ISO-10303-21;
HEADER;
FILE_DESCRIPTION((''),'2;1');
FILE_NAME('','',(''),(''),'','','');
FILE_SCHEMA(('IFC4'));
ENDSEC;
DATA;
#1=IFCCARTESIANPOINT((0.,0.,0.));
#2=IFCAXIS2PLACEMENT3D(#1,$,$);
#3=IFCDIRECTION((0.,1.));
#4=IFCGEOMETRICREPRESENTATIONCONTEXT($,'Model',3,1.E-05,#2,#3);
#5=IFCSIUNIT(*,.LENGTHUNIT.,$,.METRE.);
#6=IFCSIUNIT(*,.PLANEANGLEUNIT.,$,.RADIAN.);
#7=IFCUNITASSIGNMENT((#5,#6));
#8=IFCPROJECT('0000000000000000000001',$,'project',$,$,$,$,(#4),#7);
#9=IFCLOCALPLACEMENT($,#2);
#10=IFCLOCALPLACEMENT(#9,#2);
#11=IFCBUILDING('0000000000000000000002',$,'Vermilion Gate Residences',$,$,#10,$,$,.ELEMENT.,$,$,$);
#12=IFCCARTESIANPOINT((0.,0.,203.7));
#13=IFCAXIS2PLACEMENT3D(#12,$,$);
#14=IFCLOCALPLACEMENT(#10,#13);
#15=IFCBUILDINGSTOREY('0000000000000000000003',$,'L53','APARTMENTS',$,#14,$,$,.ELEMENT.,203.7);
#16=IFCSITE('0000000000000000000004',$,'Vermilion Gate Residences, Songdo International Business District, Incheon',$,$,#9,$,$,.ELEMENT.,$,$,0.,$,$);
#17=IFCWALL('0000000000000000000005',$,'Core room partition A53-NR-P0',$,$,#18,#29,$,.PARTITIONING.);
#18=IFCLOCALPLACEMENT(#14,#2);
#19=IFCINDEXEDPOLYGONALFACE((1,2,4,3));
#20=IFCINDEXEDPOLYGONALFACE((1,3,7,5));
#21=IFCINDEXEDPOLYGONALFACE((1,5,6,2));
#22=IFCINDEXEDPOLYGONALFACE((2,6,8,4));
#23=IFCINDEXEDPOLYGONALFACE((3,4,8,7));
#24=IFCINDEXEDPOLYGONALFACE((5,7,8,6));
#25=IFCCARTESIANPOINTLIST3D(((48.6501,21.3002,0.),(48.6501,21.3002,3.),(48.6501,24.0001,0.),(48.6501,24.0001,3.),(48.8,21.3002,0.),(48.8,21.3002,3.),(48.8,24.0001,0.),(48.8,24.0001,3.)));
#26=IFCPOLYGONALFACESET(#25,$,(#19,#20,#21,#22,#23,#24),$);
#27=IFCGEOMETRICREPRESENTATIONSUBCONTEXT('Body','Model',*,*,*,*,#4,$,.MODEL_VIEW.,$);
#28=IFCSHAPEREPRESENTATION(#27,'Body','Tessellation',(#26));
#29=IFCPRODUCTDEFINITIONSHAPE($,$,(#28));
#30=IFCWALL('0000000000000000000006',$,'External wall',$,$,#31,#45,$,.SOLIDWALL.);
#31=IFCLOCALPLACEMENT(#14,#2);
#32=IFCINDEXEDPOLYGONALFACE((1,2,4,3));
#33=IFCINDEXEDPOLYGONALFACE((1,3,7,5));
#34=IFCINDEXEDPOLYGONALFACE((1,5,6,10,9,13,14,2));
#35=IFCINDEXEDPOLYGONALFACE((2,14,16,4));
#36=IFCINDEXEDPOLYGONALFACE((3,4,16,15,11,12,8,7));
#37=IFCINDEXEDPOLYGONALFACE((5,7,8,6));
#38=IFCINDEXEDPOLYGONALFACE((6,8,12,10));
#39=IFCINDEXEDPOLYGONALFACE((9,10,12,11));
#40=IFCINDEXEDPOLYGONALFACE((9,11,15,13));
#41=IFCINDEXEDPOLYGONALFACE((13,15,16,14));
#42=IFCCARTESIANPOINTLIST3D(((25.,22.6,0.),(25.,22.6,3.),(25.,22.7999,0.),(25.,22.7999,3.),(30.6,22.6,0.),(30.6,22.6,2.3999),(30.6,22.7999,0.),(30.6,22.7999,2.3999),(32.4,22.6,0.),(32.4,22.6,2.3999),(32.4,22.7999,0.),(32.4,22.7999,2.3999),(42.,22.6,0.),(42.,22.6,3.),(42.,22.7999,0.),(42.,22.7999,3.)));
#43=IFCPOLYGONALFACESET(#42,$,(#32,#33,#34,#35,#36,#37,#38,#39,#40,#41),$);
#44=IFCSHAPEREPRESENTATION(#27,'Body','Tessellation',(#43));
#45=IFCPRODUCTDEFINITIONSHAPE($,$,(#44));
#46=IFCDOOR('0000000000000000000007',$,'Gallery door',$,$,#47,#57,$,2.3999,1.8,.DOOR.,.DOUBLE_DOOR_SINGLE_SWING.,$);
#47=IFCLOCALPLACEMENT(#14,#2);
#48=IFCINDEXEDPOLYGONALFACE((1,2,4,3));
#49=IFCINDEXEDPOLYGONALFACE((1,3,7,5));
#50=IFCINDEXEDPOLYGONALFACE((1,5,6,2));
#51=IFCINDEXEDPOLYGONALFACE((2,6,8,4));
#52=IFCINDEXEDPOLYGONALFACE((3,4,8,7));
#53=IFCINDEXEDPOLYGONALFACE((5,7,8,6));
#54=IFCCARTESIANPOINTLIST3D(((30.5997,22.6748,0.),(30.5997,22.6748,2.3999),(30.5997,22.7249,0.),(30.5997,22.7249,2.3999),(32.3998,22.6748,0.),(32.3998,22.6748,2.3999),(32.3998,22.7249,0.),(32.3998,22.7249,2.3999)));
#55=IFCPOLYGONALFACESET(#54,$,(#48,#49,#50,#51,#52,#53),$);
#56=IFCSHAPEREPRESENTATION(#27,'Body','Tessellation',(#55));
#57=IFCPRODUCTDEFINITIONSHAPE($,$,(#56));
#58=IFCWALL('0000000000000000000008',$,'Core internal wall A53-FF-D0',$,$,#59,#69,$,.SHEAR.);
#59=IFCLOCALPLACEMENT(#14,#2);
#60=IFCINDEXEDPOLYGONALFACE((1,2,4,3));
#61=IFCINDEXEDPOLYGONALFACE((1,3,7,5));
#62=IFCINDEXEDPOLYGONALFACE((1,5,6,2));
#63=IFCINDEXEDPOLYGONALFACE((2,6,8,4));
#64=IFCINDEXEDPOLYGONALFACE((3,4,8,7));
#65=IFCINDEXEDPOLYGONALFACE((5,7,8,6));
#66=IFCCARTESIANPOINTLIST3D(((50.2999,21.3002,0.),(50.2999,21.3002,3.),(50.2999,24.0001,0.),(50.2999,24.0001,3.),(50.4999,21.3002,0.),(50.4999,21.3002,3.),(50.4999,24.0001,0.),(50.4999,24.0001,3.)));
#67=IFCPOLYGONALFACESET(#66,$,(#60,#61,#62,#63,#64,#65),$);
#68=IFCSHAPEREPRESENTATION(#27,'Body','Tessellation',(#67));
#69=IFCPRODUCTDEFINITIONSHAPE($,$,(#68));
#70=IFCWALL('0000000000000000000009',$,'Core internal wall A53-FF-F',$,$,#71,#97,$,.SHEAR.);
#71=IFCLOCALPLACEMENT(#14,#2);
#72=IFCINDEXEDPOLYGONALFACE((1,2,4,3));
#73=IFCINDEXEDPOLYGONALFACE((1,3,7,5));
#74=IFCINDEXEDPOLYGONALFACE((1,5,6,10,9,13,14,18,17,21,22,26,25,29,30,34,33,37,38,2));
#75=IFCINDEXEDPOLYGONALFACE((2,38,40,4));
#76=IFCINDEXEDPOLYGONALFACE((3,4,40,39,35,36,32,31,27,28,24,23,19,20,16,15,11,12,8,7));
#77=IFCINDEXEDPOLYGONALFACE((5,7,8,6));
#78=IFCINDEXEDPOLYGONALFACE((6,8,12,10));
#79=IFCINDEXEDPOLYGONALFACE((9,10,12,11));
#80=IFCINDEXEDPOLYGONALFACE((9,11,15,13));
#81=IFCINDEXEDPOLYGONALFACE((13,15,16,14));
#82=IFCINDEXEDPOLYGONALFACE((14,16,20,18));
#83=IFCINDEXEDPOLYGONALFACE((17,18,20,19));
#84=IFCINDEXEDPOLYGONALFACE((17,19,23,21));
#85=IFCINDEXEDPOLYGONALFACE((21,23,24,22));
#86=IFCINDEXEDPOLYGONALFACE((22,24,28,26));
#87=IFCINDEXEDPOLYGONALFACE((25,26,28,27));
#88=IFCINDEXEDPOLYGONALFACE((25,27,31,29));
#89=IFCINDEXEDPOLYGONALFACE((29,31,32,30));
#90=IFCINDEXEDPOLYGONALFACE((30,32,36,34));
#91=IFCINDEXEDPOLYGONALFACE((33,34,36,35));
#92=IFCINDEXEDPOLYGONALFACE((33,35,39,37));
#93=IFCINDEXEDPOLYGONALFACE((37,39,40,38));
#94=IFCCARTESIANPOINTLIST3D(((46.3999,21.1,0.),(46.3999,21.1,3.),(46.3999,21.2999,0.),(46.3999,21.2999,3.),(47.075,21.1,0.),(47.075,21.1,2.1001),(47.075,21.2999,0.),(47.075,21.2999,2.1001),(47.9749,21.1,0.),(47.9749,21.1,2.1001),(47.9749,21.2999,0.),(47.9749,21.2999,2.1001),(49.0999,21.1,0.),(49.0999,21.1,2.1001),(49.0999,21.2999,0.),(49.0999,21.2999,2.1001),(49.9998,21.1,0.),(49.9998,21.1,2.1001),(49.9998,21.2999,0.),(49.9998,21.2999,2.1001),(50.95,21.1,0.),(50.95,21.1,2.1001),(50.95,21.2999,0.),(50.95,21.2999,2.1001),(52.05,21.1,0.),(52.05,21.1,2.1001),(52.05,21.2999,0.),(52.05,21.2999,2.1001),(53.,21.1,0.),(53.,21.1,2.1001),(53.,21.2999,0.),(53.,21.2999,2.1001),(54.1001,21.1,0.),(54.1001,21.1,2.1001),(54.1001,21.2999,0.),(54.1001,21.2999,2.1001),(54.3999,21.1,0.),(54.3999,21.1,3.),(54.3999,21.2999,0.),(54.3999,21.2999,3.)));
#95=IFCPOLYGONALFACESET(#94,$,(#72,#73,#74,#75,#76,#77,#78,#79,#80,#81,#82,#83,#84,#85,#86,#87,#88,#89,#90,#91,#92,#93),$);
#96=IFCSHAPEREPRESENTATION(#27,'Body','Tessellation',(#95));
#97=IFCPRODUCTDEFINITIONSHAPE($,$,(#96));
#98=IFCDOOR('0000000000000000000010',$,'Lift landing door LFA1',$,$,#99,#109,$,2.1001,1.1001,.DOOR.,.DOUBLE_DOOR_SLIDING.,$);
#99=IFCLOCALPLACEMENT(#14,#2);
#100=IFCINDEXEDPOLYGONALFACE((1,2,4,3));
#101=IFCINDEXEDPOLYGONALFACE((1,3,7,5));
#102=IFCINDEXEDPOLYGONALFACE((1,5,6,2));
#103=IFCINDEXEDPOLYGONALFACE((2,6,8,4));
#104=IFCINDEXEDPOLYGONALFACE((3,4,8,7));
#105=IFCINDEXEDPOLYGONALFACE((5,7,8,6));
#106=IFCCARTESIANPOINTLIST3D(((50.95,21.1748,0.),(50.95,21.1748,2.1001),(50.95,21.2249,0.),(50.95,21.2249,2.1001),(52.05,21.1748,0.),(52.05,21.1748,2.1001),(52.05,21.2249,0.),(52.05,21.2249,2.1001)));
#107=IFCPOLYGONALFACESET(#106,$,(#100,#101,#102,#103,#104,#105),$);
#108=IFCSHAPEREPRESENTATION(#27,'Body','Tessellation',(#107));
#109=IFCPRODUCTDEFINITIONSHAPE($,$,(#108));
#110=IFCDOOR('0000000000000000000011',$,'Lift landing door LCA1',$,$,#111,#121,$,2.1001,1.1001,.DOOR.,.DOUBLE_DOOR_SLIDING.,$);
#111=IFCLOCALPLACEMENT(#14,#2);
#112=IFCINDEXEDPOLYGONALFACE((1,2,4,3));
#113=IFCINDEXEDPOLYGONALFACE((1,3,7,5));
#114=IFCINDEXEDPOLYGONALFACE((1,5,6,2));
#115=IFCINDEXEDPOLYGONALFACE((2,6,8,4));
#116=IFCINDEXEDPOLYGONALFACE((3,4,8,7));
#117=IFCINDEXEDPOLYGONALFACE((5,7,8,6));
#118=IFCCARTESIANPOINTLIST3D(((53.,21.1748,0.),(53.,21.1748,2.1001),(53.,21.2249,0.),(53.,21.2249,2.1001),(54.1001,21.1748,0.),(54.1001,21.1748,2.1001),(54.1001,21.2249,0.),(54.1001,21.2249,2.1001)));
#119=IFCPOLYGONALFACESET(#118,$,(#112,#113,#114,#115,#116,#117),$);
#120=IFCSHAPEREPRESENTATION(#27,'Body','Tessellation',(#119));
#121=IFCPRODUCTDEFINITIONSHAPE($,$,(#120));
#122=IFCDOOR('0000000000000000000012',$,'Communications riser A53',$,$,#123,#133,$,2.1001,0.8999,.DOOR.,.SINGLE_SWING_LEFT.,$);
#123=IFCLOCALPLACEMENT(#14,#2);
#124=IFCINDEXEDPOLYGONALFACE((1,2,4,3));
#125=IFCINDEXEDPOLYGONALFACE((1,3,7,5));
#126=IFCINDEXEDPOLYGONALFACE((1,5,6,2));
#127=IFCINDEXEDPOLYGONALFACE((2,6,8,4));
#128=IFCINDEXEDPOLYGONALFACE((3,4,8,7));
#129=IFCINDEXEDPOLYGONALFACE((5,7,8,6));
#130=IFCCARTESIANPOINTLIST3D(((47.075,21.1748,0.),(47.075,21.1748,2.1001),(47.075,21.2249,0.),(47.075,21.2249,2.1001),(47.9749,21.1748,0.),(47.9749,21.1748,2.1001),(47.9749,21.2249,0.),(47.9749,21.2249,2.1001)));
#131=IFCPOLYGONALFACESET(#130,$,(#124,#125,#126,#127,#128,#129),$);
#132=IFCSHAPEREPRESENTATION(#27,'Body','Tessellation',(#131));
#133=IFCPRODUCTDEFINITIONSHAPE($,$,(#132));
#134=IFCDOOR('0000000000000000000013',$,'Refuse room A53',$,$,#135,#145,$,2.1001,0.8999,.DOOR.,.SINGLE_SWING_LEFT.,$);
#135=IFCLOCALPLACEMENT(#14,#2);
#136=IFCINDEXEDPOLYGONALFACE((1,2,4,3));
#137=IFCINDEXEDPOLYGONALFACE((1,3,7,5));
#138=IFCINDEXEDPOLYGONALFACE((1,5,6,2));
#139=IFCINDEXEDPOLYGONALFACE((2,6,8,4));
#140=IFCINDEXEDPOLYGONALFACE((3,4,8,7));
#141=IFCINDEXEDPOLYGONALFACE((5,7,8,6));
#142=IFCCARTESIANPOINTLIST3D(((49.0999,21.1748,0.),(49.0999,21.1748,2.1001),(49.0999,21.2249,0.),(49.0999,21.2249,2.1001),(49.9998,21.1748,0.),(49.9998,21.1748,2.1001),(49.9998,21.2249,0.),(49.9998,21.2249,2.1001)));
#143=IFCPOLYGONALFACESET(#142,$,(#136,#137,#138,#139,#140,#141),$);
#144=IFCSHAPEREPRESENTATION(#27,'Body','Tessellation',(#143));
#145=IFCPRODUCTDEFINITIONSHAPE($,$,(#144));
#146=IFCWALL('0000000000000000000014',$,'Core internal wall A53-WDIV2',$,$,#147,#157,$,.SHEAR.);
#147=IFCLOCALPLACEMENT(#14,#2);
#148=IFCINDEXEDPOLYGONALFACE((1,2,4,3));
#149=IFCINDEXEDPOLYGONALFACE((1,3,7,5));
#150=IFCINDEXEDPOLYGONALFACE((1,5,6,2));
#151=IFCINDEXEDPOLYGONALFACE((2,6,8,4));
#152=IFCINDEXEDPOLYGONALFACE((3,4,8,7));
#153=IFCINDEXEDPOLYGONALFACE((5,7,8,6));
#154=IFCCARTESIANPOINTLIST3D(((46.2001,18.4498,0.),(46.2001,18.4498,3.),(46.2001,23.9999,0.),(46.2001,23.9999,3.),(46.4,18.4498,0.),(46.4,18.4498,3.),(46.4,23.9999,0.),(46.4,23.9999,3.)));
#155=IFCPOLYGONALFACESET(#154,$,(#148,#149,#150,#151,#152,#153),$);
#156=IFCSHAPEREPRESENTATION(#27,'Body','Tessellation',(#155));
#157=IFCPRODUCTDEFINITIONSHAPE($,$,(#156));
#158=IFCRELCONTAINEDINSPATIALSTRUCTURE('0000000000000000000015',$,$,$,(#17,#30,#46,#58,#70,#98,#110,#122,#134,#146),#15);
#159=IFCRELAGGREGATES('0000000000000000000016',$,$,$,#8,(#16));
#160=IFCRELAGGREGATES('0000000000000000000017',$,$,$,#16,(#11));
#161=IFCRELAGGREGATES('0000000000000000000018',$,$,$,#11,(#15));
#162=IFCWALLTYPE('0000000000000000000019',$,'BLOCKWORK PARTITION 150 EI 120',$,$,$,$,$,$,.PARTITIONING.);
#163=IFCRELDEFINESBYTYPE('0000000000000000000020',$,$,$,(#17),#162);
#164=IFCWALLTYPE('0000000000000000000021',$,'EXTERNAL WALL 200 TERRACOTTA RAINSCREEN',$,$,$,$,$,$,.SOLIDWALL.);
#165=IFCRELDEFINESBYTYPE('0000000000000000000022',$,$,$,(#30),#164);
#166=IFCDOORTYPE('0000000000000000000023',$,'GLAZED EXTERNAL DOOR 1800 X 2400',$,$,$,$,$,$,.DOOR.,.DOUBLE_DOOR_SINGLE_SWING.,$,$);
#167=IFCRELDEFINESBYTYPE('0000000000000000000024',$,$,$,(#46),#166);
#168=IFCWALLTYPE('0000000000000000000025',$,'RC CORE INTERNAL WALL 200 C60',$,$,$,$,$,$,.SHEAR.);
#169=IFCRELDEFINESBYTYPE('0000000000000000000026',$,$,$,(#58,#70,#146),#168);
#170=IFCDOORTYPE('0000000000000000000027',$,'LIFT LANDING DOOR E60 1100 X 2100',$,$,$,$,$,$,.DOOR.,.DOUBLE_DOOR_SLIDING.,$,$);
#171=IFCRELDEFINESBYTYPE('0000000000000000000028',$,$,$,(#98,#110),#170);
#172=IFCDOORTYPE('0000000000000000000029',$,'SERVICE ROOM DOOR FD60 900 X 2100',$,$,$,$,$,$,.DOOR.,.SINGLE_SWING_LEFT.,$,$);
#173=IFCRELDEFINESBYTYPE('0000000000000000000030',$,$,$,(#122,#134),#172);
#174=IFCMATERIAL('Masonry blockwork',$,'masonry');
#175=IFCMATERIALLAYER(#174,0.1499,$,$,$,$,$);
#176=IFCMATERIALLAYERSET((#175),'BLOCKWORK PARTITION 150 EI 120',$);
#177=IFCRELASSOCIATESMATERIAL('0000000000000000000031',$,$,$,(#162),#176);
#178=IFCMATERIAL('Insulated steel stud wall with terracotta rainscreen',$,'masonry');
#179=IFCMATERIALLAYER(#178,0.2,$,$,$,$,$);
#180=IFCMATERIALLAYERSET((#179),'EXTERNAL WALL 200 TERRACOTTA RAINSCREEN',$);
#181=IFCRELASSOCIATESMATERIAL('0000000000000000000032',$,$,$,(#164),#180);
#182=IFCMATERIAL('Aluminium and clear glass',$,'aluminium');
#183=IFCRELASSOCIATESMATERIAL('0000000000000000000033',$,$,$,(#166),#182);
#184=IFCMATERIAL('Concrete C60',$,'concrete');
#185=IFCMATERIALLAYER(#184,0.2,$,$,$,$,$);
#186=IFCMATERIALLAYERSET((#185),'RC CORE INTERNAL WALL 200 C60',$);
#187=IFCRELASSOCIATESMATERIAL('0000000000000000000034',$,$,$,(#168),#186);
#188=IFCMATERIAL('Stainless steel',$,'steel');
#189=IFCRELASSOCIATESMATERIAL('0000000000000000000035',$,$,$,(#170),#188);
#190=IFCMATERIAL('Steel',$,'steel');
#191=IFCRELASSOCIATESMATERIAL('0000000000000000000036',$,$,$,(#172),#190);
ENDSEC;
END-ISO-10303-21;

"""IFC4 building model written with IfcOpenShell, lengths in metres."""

from ifc_helpers import new_model, si_unit, direction, frame, frame_2d, origin, place, context, subcontext, project, spatial, rectangle, extrude, material, layer, layer_set, type_object, element, fill, save


model = new_model("IFC4")

# Units and contexts
model_context = context("Model", 3, precision=1e-05, world=origin(), true_north=direction((0.0, 1.0)))
body_context = subcontext(model_context, "Body", "Model", "MODEL_VIEW")
ifc_project = project(units=[si_unit("LENGTHUNIT", "METRE"), si_unit("PLANEANGLEUNIT", "RADIAN")], contexts=[model_context])

# Site, building, storey
site_placement = place(None, origin())
site = spatial("IfcSite", under=ifc_project, at=site_placement, Name="Vermilion Gate Residences, Songdo International Business District, Incheon", CompositionType="ELEMENT", RefElevation=0.0)
building_placement = place(site_placement, origin())
building = spatial("IfcBuilding", under=site, at=building_placement, Name="Vermilion Gate Residences", CompositionType="ELEMENT")
storey_placement = place(building_placement, frame((0.0, 0.0, 203.7)))
storey = spatial("IfcBuildingStorey", under=building, at=storey_placement, Name="L53", Description="APARTMENTS", CompositionType="ELEMENT", Elevation=203.7)

# Wall
ifc_material_1 = material(Name="Masonry blockwork", Category="masonry")
ifc_layer_1 = layer(ifc_material_1, 0.1499)
ifc_layer_set_1 = layer_set([ifc_layer_1], Name="BLOCKWORK PARTITION 150 EI 120")
wall_type_1 = type_object("IfcWallType", Name="BLOCKWORK PARTITION 150 EI 120", PredefinedType="PARTITIONING", material=ifc_layer_set_1)
wall_1_placement = place(storey_placement, frame((48.7251, 21.3, 0.0), z_axis=(0.0, 0.0, 1.0), x_axis=(0.0, 1.0, 0.0)))
element("IfcWall", 1, at=wall_1_placement, inside=storey, type_object=wall_type_1, Name="Core room partition A53-NR-P0", PredefinedType="PARTITIONING", context=body_context, shape_type="SweptSolid", body=[
    extrude(rectangle(XDim=2.7, YDim=0.1499, at=frame_2d((1.3501, 0.0))), origin(), (0.0, 0.0, 1.0), 3.0),
])

# Wall, opening, door
ifc_material_2 = material(Name="Insulated steel stud wall with terracotta rainscreen", Category="masonry")
ifc_layer_2 = layer(ifc_material_2, 0.2)
ifc_layer_set_2 = layer_set([ifc_layer_2], Name="EXTERNAL WALL 200 TERRACOTTA RAINSCREEN")
wall_type_2 = type_object("IfcWallType", Name="EXTERNAL WALL 200 TERRACOTTA RAINSCREEN", PredefinedType="SOLIDWALL", material=ifc_layer_set_2)
wall_2_placement = place(storey_placement, frame((42.0, 22.7, 0.0), z_axis=(0.0, 0.0, 1.0), x_axis=(-1.0, 0.0, 0.0)))
wall_2 = element("IfcWall", 2, at=wall_2_placement, inside=storey, type_object=wall_type_2, Name="External wall", PredefinedType="SOLIDWALL", context=body_context, shape_type="SweptSolid", body=[
    extrude(rectangle(XDim=17.0, YDim=0.2, at=frame_2d((8.5, 0.0))), origin(), (0.0, 0.0, 1.0), 3.0),
])
opening_1_placement = place(wall_2_placement, frame((9.6001, 0.0, 0.0)))
opening_1 = element("IfcOpeningElement", 3, at=opening_1_placement, cuts=wall_2, PredefinedType="OPENING", context=body_context, shape_type="SweptSolid", body=[
    extrude(rectangle(XDim=1.8, YDim=2.3999, at=frame_2d((0.8999, 1.2))), frame((0.0, 0.1099, 0.0), z_axis=(0.0, -1.0, 0.0), x_axis=(1.0, 0.0, 0.0)), (0.0, 0.0, 1.0), 0.22),
])
ifc_material_3 = material(Name="Aluminium and clear glass", Category="aluminium")
door_type_1 = type_object("IfcDoorType", Name="GLAZED EXTERNAL DOOR 1800 X 2400", OperationType="DOUBLE_DOOR_SINGLE_SWING", PredefinedType="DOOR", material=ifc_material_3)
door_1_placement = place(opening_1_placement, frame((1.8, 0.0, 0.0), z_axis=(0.0, 0.0, 1.0), x_axis=(-1.0, 0.0, 0.0)))
door_1 = element("IfcDoor", 4, at=door_1_placement, inside=storey, type_object=door_type_1, Name="Gallery door", OperationType="DOUBLE_DOOR_SINGLE_SWING", OverallHeight=2.3999, OverallWidth=1.8, PredefinedType="DOOR", context=body_context, shape_type="SweptSolid", body=[
    extrude(rectangle(XDim=1.8, YDim=2.3999, at=frame_2d((0.8999, 1.2))), frame((0.0, 0.0249, 0.0), z_axis=(0.0, -1.0, 0.0), x_axis=(1.0, 0.0, 0.0)), (0.0, 0.0, 1.0), 0.05),
])
fill(opening_1, door_1)

# Wall
ifc_material_4 = material(Name="Concrete C60", Category="concrete")
ifc_layer_3 = layer(ifc_material_4, 0.2)
ifc_layer_set_3 = layer_set([ifc_layer_3], Name="RC CORE INTERNAL WALL 200 C60")
wall_type_3 = type_object("IfcWallType", Name="RC CORE INTERNAL WALL 200 C60", PredefinedType="SHEAR", material=ifc_layer_set_3)
wall_3_placement = place(storey_placement, frame((50.3999, 21.3, 0.0), z_axis=(0.0, 0.0, 1.0), x_axis=(0.0, 1.0, 0.0)))
element("IfcWall", 5, at=wall_3_placement, inside=storey, type_object=wall_type_3, Name="Core internal wall A53-FF-D0", PredefinedType="SHEAR", context=body_context, shape_type="SweptSolid", body=[
    extrude(rectangle(XDim=2.7, YDim=0.2, at=frame_2d((1.3501, 0.0))), origin(), (0.0, 0.0, 1.0), 3.0),
])

# Wall, openings, doors
wall_4_placement = place(storey_placement, frame((46.3999, 21.2, 0.0), z_axis=(0.0, 0.0, 1.0), x_axis=(1.0, 0.0, 0.0)))
wall_4 = element("IfcWall", 6, at=wall_4_placement, inside=storey, type_object=wall_type_3, Name="Core internal wall A53-FF-F", PredefinedType="SHEAR", context=body_context, shape_type="SweptSolid", body=[
    extrude(rectangle(XDim=8.0, YDim=0.2, at=frame_2d((4.0, 0.0))), origin(), (0.0, 0.0, 1.0), 3.0),
])
opening_2_placement = place(wall_4_placement, frame((0.675, 0.0, 0.0)))
opening_2 = element("IfcOpeningElement", 7, at=opening_2_placement, cuts=wall_4, PredefinedType="OPENING", context=body_context, shape_type="SweptSolid", body=[
    extrude(rectangle(XDim=0.8999, YDim=2.1001, at=frame_2d((0.45, 1.05))), frame((0.0, 0.1099, 0.0), z_axis=(0.0, -1.0, 0.0), x_axis=(1.0, 0.0, 0.0)), (0.0, 0.0, 1.0), 0.22),
])
opening_3_placement = place(wall_4_placement, frame((2.7, 0.0, 0.0)))
opening_3 = element("IfcOpeningElement", 8, at=opening_3_placement, cuts=wall_4, PredefinedType="OPENING", context=body_context, shape_type="SweptSolid", body=[
    extrude(rectangle(XDim=0.8999, YDim=2.1001, at=frame_2d((0.45, 1.05))), frame((0.0, 0.1099, 0.0), z_axis=(0.0, -1.0, 0.0), x_axis=(1.0, 0.0, 0.0)), (0.0, 0.0, 1.0), 0.22),
])
opening_4_placement = place(wall_4_placement, frame((4.55, 0.0, 0.0)))
opening_4 = element("IfcOpeningElement", 9, at=opening_4_placement, cuts=wall_4, PredefinedType="OPENING", context=body_context, shape_type="SweptSolid", body=[
    extrude(rectangle(XDim=1.1001, YDim=2.1001, at=frame_2d((0.55, 1.05))), frame((0.0, 0.1099, 0.0), z_axis=(0.0, -1.0, 0.0), x_axis=(1.0, 0.0, 0.0)), (0.0, 0.0, 1.0), 0.22),
])
opening_5_placement = place(wall_4_placement, frame((6.6001, 0.0, 0.0)))
opening_5 = element("IfcOpeningElement", 10, at=opening_5_placement, cuts=wall_4, PredefinedType="OPENING", context=body_context, shape_type="SweptSolid", body=[
    extrude(rectangle(XDim=1.1001, YDim=2.1001, at=frame_2d((0.55, 1.05))), frame((0.0, 0.1099, 0.0), z_axis=(0.0, -1.0, 0.0), x_axis=(1.0, 0.0, 0.0)), (0.0, 0.0, 1.0), 0.22),
])
ifc_material_5 = material(Name="Stainless steel", Category="steel")
door_type_2 = type_object("IfcDoorType", Name="LIFT LANDING DOOR E60 1100 X 2100", OperationType="DOUBLE_DOOR_SLIDING", PredefinedType="DOOR", material=ifc_material_5)
door_2_placement = place(opening_4_placement, origin())
door_2 = element("IfcDoor", 11, at=door_2_placement, inside=storey, type_object=door_type_2, Name="Lift landing door LFA1", OperationType="DOUBLE_DOOR_SLIDING", OverallHeight=2.1001, OverallWidth=1.1001, PredefinedType="DOOR", context=body_context, shape_type="SweptSolid", body=[
    extrude(rectangle(XDim=1.1001, YDim=2.1001, at=frame_2d((0.55, 1.05))), frame((0.0, 0.0249, 0.0), z_axis=(0.0, -1.0, 0.0), x_axis=(1.0, 0.0, 0.0)), (0.0, 0.0, 1.0), 0.05),
])
fill(opening_4, door_2)
door_3_placement = place(opening_5_placement, origin())
door_3 = element("IfcDoor", 12, at=door_3_placement, inside=storey, type_object=door_type_2, Name="Lift landing door LCA1", OperationType="DOUBLE_DOOR_SLIDING", OverallHeight=2.1001, OverallWidth=1.1001, PredefinedType="DOOR", context=body_context, shape_type="SweptSolid", body=[
    extrude(rectangle(XDim=1.1001, YDim=2.1001, at=frame_2d((0.55, 1.05))), frame((0.0, 0.0249, 0.0), z_axis=(0.0, -1.0, 0.0), x_axis=(1.0, 0.0, 0.0)), (0.0, 0.0, 1.0), 0.05),
])
fill(opening_5, door_3)
ifc_material_6 = material(Name="Steel", Category="steel")
door_type_3 = type_object("IfcDoorType", Name="SERVICE ROOM DOOR FD60 900 X 2100", OperationType="SINGLE_SWING_LEFT", PredefinedType="DOOR", material=ifc_material_6)
door_4_placement = place(opening_2_placement, origin())
door_4 = element("IfcDoor", 13, at=door_4_placement, inside=storey, type_object=door_type_3, Name="Communications riser A53", OperationType="SINGLE_SWING_LEFT", OverallHeight=2.1001, OverallWidth=0.8999, PredefinedType="DOOR", context=body_context, shape_type="SweptSolid", body=[
    extrude(rectangle(XDim=0.8999, YDim=2.1001, at=frame_2d((0.45, 1.05))), frame((0.0, 0.0249, 0.0), z_axis=(0.0, -1.0, 0.0), x_axis=(1.0, 0.0, 0.0)), (0.0, 0.0, 1.0), 0.05),
])
fill(opening_2, door_4)
door_5_placement = place(opening_3_placement, origin())
door_5 = element("IfcDoor", 14, at=door_5_placement, inside=storey, type_object=door_type_3, Name="Refuse room A53", OperationType="SINGLE_SWING_LEFT", OverallHeight=2.1001, OverallWidth=0.8999, PredefinedType="DOOR", context=body_context, shape_type="SweptSolid", body=[
    extrude(rectangle(XDim=0.8999, YDim=2.1001, at=frame_2d((0.45, 1.05))), frame((0.0, 0.0249, 0.0), z_axis=(0.0, -1.0, 0.0), x_axis=(1.0, 0.0, 0.0)), (0.0, 0.0, 1.0), 0.05),
])
fill(opening_3, door_5)

# Wall
wall_5_placement = place(storey_placement, frame((46.3, 18.45, 0.0), z_axis=(0.0, 0.0, 1.0), x_axis=(0.0, 1.0, 0.0)))
element("IfcWall", 15, at=wall_5_placement, inside=storey, type_object=wall_type_3, Name="Core internal wall A53-WDIV2", PredefinedType="SHEAR", context=body_context, shape_type="SweptSolid", body=[
    extrude(rectangle(XDim=5.55, YDim=0.2, at=frame_2d((2.7749, 0.0))), origin(), (0.0, 0.0, 1.0), 3.0),
])

save(model, "model.ifc")
